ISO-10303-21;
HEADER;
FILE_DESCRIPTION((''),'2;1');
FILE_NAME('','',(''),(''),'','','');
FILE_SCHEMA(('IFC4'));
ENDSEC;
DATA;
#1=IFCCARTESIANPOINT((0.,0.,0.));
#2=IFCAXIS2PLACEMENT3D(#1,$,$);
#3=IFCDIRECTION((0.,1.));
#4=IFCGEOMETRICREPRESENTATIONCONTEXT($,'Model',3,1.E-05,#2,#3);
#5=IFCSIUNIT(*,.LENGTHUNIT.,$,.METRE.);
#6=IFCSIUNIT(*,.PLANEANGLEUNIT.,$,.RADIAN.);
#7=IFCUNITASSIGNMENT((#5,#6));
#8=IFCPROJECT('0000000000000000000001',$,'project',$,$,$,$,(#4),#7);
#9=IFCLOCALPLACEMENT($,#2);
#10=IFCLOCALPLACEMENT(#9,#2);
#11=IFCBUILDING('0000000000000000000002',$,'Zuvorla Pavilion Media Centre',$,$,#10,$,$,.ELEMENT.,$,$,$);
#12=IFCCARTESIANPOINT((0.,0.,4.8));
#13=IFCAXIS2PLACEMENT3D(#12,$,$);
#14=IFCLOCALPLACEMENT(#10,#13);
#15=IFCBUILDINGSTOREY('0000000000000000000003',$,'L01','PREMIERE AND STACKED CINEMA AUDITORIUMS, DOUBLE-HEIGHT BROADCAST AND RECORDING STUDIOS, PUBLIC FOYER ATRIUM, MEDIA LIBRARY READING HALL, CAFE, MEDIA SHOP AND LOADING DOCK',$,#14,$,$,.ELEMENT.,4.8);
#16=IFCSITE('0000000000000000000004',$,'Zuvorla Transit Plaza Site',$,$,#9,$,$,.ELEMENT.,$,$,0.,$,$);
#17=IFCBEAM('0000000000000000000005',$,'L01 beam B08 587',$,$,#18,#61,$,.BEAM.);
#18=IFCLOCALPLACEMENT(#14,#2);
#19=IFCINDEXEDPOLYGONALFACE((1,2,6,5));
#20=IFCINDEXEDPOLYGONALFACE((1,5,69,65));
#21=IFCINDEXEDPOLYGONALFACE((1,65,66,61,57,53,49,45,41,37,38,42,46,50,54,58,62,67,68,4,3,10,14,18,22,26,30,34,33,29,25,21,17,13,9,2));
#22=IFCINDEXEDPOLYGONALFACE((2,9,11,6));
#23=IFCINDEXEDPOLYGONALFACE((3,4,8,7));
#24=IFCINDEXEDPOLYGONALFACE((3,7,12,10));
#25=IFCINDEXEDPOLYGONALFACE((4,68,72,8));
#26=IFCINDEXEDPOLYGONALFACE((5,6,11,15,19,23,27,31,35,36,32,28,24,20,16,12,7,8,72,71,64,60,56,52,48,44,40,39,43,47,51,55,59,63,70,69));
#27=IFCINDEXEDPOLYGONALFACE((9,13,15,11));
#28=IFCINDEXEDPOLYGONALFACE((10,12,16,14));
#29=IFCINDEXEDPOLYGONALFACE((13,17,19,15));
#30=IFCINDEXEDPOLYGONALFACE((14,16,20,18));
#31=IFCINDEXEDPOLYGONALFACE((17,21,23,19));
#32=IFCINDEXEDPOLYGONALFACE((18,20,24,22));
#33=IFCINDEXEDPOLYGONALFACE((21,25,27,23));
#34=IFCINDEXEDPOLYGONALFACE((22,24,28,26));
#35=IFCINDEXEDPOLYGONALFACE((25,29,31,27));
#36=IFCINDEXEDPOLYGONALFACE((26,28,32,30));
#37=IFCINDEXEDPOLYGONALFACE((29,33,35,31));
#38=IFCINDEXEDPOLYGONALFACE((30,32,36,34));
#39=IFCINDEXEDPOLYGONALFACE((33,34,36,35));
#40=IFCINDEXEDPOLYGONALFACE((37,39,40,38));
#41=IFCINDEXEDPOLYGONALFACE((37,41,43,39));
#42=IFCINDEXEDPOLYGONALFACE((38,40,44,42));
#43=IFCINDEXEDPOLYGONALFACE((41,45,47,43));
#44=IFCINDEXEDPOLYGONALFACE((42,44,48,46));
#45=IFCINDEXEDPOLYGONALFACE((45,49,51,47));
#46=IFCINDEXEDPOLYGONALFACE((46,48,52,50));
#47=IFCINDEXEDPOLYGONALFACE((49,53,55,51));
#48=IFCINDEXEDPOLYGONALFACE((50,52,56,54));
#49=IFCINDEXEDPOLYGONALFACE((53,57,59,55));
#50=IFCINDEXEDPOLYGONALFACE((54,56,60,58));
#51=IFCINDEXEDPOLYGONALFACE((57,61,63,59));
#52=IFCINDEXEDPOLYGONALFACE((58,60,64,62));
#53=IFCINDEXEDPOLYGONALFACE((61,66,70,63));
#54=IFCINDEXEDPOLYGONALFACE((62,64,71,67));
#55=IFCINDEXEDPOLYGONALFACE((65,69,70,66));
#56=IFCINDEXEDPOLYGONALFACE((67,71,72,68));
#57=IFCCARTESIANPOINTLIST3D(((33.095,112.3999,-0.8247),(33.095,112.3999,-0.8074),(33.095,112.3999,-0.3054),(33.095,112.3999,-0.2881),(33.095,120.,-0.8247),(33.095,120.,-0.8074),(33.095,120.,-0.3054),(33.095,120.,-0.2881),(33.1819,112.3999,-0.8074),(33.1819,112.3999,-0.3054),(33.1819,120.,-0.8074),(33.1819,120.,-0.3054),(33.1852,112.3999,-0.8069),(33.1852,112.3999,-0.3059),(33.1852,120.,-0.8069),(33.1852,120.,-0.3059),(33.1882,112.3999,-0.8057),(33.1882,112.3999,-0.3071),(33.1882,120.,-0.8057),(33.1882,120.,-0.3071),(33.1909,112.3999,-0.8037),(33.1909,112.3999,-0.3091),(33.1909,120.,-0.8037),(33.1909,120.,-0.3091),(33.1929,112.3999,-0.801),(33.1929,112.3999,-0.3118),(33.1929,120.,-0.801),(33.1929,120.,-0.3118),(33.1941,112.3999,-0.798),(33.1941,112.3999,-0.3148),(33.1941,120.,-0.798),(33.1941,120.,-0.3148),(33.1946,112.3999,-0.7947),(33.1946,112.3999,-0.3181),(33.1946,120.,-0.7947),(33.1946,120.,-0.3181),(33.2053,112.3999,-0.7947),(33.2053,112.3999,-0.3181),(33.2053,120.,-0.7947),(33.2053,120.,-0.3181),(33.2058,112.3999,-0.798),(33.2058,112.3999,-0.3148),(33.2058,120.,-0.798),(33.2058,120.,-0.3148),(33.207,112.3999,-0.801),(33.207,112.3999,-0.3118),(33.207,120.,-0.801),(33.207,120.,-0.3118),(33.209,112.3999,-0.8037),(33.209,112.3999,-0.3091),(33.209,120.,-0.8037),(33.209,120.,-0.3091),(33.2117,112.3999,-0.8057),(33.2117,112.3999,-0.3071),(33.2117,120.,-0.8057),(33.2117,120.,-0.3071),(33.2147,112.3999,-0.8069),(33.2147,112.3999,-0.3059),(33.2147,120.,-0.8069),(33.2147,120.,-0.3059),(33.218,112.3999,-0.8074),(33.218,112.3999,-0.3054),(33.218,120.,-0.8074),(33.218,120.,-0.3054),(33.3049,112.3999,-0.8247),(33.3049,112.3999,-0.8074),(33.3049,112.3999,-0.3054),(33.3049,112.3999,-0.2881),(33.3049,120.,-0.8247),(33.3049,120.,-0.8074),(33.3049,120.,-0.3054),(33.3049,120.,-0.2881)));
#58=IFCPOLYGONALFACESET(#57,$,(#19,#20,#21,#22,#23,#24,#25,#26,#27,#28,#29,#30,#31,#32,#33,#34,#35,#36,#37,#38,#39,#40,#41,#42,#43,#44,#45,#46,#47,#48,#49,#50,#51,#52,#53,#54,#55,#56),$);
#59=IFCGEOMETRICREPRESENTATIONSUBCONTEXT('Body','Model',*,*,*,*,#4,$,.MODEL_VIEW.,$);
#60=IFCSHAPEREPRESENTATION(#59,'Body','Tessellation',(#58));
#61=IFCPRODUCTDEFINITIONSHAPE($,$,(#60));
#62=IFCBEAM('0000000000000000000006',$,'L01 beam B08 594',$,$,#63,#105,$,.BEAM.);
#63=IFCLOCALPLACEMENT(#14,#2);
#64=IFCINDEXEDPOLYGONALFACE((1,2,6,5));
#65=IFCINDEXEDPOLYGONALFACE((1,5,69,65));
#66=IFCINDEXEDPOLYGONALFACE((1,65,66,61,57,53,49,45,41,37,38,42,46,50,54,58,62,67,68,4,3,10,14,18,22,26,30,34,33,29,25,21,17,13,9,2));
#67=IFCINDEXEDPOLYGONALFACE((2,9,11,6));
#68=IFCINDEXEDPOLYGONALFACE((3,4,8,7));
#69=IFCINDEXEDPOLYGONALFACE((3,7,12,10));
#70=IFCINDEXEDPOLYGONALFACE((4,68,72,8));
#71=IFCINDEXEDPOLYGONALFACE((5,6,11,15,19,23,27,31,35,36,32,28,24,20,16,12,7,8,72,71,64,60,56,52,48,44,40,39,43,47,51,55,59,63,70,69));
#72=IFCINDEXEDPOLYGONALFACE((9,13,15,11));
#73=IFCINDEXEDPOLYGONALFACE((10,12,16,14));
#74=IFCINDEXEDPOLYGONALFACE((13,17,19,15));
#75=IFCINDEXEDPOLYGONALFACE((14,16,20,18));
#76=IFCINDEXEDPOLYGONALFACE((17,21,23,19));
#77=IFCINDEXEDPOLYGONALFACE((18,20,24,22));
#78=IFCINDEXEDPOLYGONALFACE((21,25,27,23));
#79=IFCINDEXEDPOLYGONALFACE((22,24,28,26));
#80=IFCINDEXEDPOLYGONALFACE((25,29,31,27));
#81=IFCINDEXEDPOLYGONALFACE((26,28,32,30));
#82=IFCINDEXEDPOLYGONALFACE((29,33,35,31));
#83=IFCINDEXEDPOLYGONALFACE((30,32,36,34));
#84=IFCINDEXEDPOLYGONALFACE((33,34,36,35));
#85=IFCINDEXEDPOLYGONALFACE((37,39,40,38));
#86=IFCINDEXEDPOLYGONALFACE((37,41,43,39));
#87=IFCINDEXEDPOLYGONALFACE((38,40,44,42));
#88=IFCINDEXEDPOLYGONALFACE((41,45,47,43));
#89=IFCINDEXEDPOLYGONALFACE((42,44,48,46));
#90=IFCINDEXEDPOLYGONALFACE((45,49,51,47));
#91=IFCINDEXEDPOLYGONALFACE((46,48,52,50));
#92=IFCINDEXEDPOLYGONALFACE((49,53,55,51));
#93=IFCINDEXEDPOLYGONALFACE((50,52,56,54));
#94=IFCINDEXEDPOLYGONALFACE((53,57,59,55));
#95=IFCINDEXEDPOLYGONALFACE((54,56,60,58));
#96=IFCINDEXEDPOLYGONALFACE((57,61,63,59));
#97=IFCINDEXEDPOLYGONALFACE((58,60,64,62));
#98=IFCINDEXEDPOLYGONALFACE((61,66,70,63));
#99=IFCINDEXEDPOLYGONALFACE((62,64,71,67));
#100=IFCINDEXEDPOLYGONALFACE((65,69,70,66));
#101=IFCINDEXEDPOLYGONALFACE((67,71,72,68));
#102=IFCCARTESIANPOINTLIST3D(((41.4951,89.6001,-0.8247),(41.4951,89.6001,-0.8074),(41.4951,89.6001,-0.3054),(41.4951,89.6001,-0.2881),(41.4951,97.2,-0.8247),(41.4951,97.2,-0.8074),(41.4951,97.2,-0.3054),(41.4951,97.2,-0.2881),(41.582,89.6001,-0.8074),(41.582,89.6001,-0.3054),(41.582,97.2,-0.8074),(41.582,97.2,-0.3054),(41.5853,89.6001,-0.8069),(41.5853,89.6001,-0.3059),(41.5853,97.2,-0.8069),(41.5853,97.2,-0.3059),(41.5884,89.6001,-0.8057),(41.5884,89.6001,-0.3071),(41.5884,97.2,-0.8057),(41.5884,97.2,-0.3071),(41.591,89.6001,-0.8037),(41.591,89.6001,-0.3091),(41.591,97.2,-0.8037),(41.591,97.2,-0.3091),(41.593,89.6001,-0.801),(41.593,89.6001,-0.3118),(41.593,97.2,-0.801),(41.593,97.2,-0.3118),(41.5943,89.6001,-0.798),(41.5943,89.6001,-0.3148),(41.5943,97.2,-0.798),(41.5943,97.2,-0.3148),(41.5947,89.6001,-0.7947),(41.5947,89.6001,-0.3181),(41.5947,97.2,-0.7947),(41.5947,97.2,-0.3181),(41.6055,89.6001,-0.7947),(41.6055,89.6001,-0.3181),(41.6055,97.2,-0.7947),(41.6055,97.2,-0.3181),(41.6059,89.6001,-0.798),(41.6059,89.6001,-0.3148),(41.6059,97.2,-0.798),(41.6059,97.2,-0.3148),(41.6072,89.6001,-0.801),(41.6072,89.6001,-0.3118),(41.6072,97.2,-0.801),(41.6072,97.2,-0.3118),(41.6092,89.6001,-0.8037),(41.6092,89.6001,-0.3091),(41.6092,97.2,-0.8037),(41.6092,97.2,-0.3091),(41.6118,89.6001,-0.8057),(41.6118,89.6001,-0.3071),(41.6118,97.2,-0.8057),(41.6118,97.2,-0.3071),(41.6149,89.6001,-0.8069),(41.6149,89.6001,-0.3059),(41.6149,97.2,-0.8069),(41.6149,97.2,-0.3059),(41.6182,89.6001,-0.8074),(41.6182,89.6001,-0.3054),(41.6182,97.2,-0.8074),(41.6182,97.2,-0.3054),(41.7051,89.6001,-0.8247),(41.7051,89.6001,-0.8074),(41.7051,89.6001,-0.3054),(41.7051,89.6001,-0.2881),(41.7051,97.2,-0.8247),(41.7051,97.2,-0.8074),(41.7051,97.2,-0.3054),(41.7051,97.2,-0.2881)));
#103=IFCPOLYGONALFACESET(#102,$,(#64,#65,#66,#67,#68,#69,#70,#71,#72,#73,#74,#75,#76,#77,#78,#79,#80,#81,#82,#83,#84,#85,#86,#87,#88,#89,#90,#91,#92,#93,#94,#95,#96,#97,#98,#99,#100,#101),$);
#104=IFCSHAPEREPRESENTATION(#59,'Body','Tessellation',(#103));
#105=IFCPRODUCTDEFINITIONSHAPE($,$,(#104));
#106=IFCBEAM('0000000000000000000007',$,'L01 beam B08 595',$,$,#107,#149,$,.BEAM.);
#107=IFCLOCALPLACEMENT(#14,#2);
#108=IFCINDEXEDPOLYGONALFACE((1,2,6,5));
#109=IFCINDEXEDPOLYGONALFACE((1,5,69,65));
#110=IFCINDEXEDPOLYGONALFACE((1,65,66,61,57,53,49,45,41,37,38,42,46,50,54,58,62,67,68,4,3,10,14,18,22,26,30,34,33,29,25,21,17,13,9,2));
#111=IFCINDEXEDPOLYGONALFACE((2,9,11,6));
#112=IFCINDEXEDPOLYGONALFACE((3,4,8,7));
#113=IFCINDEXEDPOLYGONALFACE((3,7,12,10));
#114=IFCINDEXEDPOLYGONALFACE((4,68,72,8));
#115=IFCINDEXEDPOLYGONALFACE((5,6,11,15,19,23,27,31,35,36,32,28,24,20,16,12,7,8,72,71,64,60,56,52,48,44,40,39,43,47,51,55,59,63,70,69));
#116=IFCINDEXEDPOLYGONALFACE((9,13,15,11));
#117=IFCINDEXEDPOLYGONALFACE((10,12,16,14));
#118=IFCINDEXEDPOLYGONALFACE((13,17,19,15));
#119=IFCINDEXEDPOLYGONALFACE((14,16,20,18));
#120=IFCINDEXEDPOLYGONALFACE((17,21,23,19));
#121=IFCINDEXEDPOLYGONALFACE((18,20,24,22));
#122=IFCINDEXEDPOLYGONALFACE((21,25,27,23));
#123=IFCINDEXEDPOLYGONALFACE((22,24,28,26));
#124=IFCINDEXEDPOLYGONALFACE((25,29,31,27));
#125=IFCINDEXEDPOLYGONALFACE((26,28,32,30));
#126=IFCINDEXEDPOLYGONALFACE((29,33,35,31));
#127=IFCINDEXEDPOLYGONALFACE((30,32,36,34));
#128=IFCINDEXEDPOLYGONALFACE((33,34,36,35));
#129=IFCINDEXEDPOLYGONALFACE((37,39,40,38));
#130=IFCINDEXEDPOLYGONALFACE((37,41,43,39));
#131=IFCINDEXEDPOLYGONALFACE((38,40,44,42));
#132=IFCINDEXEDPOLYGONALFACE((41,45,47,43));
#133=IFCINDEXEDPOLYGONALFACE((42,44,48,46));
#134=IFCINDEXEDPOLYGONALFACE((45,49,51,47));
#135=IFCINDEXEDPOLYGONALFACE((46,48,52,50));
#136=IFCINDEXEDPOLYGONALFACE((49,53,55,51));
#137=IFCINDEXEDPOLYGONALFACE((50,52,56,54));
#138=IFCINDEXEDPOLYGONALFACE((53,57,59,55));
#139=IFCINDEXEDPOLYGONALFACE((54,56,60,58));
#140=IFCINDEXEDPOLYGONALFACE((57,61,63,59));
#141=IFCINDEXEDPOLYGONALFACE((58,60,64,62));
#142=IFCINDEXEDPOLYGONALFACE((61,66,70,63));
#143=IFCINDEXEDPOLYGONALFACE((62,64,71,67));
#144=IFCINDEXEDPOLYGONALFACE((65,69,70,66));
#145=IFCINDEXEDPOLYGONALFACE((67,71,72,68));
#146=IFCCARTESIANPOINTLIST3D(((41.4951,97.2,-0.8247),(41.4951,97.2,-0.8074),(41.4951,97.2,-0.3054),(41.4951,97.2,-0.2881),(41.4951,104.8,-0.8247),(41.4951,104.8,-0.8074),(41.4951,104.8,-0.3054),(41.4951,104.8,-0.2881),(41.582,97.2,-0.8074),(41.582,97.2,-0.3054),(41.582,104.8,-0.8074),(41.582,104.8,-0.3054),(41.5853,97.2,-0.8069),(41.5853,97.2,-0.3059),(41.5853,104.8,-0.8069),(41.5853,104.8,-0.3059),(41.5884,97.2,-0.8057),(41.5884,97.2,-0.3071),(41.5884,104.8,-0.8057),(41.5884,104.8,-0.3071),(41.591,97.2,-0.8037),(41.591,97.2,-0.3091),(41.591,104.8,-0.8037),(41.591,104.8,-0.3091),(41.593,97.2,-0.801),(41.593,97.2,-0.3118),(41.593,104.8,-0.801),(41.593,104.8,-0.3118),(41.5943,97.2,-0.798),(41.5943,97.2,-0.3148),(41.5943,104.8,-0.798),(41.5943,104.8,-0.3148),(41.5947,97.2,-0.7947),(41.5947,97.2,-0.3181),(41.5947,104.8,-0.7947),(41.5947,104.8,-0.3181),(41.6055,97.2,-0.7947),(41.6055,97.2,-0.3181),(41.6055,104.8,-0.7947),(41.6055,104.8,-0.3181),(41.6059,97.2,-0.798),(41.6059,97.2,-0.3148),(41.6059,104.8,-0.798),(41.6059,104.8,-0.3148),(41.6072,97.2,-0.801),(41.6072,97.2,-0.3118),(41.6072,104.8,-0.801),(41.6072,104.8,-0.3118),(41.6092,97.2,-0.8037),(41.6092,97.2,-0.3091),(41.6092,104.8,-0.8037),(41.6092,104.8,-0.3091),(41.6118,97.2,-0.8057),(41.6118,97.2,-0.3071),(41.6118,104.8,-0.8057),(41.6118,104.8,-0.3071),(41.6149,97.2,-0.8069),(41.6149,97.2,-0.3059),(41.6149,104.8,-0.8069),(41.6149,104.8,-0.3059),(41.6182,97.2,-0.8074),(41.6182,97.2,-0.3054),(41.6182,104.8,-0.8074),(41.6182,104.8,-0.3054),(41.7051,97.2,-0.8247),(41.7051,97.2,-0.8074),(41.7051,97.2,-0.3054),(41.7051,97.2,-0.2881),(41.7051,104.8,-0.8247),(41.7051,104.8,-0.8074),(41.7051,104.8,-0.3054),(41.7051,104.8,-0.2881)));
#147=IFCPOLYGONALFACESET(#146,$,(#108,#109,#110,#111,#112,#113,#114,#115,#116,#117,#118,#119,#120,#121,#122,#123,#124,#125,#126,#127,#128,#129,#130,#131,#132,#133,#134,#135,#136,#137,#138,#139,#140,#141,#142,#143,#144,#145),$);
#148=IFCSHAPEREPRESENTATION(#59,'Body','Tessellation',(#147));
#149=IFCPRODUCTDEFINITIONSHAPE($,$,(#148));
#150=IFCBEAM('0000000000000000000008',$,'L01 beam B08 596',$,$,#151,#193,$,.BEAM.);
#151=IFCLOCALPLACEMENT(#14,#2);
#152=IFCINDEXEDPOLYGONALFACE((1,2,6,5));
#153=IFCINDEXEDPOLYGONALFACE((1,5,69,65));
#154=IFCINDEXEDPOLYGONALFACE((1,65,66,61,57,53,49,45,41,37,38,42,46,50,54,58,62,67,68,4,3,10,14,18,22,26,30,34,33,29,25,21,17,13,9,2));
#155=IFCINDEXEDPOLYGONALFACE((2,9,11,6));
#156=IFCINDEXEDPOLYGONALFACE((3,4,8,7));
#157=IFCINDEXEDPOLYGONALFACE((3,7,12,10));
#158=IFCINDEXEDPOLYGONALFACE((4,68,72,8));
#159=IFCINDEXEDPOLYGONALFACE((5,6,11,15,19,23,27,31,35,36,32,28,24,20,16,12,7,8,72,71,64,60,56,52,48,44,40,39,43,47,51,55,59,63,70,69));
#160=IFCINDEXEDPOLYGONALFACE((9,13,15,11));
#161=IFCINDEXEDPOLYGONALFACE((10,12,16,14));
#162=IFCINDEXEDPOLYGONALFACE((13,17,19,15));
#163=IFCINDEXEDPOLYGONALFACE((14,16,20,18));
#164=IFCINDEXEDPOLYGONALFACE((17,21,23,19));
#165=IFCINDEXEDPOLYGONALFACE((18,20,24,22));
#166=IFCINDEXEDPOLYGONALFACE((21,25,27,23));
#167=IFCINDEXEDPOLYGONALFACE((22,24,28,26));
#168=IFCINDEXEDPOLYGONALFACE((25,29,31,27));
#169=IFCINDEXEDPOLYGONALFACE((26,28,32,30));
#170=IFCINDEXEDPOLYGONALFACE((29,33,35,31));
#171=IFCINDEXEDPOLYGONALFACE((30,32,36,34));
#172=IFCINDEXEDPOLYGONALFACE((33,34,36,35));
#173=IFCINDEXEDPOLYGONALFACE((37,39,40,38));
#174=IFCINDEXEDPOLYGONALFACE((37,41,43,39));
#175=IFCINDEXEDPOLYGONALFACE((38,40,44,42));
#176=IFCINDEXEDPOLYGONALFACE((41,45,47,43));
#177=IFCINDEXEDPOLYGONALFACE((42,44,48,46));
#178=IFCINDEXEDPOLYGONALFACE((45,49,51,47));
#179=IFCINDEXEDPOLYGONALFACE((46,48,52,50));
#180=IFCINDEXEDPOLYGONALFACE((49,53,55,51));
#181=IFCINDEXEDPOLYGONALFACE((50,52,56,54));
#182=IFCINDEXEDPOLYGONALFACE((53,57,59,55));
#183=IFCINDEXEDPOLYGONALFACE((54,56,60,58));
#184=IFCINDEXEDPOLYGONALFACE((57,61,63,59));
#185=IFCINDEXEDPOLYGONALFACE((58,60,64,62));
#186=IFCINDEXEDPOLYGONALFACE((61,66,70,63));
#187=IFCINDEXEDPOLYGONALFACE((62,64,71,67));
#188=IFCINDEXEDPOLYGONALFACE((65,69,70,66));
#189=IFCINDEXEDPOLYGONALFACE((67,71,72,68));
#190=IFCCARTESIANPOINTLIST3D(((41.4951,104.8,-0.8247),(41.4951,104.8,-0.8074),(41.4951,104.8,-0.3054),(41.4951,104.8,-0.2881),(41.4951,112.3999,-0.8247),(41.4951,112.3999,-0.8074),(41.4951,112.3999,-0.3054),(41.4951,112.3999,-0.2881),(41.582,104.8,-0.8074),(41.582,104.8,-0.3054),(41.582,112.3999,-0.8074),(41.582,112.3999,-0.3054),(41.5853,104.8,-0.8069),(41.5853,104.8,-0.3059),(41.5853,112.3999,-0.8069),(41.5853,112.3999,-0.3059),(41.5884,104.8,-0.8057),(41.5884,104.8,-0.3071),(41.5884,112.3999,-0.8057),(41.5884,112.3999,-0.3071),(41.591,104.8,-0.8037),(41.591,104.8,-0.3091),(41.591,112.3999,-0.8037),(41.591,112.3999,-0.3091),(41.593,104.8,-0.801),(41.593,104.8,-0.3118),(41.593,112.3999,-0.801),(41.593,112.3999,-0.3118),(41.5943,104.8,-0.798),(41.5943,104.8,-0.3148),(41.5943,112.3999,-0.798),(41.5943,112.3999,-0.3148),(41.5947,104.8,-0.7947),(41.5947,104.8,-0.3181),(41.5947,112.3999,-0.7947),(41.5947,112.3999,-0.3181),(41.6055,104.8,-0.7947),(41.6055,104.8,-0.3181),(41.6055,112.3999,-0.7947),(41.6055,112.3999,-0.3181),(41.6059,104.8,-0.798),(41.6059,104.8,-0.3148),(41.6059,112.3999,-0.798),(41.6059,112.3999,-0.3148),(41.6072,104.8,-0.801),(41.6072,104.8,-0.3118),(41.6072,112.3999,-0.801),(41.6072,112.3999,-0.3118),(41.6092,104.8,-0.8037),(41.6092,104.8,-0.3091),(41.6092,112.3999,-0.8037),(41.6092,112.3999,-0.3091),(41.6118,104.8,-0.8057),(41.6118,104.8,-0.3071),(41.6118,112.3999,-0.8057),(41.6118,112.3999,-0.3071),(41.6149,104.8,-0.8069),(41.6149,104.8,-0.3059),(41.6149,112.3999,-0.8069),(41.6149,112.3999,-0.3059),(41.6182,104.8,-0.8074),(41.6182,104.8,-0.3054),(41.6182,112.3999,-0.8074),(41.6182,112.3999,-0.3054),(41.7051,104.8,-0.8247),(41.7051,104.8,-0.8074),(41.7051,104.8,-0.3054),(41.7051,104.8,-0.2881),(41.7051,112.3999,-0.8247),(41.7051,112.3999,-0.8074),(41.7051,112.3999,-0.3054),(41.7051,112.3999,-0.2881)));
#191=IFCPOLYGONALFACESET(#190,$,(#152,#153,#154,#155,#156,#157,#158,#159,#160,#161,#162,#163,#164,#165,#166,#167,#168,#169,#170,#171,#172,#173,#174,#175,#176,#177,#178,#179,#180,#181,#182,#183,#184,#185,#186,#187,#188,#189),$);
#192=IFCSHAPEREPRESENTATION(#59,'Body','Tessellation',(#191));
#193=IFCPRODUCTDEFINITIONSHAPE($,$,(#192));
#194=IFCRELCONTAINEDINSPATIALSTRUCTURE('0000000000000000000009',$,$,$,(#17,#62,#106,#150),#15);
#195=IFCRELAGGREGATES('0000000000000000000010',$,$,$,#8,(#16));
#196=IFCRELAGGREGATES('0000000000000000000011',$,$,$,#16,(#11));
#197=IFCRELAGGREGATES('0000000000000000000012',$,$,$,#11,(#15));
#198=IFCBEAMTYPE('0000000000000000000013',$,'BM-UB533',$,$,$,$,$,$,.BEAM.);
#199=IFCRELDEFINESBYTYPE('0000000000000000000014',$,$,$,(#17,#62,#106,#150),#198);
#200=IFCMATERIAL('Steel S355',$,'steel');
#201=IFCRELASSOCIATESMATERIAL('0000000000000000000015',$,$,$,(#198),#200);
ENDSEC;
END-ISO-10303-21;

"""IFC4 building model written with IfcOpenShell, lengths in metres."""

from ifc_helpers import new_model, si_unit, direction, frame, origin, origin_2d, place, context, subcontext, project, spatial, i_section, extrude, material, material_profile, profile_set, type_object, element, save


model = new_model("IFC4")

# Units and contexts
model_context = context("Model", 3, precision=1e-05, world=origin(), true_north=direction((0.0, 1.0)))
body_context = subcontext(model_context, "Body", "Model", "MODEL_VIEW")
ifc_project = project(units=[si_unit("LENGTHUNIT", "METRE"), si_unit("PLANEANGLEUNIT", "RADIAN")], contexts=[model_context])

# Site, building, storey
site_placement = place(None, origin())
site = spatial("IfcSite", under=ifc_project, at=site_placement, Name="Zuvorla Transit Plaza Site", CompositionType="ELEMENT", RefElevation=0.0)
building_placement = place(site_placement, origin())
building = spatial("IfcBuilding", under=site, at=building_placement, Name="Zuvorla Pavilion Media Centre", CompositionType="ELEMENT")
storey_placement = place(building_placement, frame((0.0, 0.0, 4.8)))
storey = spatial("IfcBuildingStorey", under=building, at=storey_placement, Name="L01", Description="PREMIERE AND STACKED CINEMA AUDITORIUMS, DOUBLE-HEIGHT BROADCAST AND RECORDING STUDIOS, PUBLIC FOYER ATRIUM, MEDIA LIBRARY READING HALL, CAFE, MEDIA SHOP AND LOADING DOCK", CompositionType="ELEMENT", Elevation=4.8)

# Shared definitions
ifc_material_1 = material(Name="Steel S355", Category="steel")

# Beams
ifc_material_profile_1 = material_profile(ifc_material_1, i_section(OverallWidth=0.21, OverallDepth=0.5366, WebThickness=0.0107, FlangeThickness=0.0173, FilletRadius=0.0127, at=origin_2d()), Name="UB 533x210x101")
ifc_profile_set_1 = profile_set([ifc_material_profile_1], Name="Steel S355")
beam_type_1 = type_object("IfcBeamType", Name="BM-UB533", PredefinedType="BEAM", material=ifc_profile_set_1)
beam_1_placement = place(storey_placement, frame((33.2, 112.3999, -0.5564), z_axis=(0.0, 1.0, 0.0), x_axis=(-1.0, 0.0, 0.0)))
element("IfcBeam", 1, at=beam_1_placement, inside=storey, type_object=beam_type_1, Name="L01 beam B08 587", PredefinedType="BEAM", context=body_context, shape_type="SweptSolid", body=[
    extrude(i_section(OverallWidth=0.21, OverallDepth=0.5366, WebThickness=0.0107, FlangeThickness=0.0173, FilletRadius=0.0127, at=origin_2d()), origin(), (0.0, 0.0, 1.0), 7.6001),
])
beam_2_placement = place(storey_placement, frame((41.6001, 89.6001, -0.5564), z_axis=(0.0, 1.0, 0.0), x_axis=(-1.0, 0.0, 0.0)))
element("IfcBeam", 2, at=beam_2_placement, inside=storey, type_object=beam_type_1, Name="L01 beam B08 594", PredefinedType="BEAM", context=body_context, shape_type="SweptSolid", body=[
    extrude(i_section(OverallWidth=0.21, OverallDepth=0.5366, WebThickness=0.0107, FlangeThickness=0.0173, FilletRadius=0.0127, at=origin_2d()), origin(), (0.0, 0.0, 1.0), 7.5999),
])
beam_3_placement = place(storey_placement, frame((41.6001, 97.2, -0.5564), z_axis=(0.0, 1.0, 0.0), x_axis=(-1.0, 0.0, 0.0)))
element("IfcBeam", 3, at=beam_3_placement, inside=storey, type_object=beam_type_1, Name="L01 beam B08 595", PredefinedType="BEAM", context=body_context, shape_type="SweptSolid", body=[
    extrude(i_section(OverallWidth=0.21, OverallDepth=0.5366, WebThickness=0.0107, FlangeThickness=0.0173, FilletRadius=0.0127, at=origin_2d()), origin(), (0.0, 0.0, 1.0), 7.6001),
])
beam_4_placement = place(storey_placement, frame((41.6001, 104.8, -0.5564), z_axis=(0.0, 1.0, 0.0), x_axis=(-1.0, 0.0, 0.0)))
element("IfcBeam", 4, at=beam_4_placement, inside=storey, type_object=beam_type_1, Name="L01 beam B08 596", PredefinedType="BEAM", context=body_context, shape_type="SweptSolid", body=[
    extrude(i_section(OverallWidth=0.21, OverallDepth=0.5366, WebThickness=0.0107, FlangeThickness=0.0173, FilletRadius=0.0127, at=origin_2d()), origin(), (0.0, 0.0, 1.0), 7.5999),
])

save(model, "model.ifc")
